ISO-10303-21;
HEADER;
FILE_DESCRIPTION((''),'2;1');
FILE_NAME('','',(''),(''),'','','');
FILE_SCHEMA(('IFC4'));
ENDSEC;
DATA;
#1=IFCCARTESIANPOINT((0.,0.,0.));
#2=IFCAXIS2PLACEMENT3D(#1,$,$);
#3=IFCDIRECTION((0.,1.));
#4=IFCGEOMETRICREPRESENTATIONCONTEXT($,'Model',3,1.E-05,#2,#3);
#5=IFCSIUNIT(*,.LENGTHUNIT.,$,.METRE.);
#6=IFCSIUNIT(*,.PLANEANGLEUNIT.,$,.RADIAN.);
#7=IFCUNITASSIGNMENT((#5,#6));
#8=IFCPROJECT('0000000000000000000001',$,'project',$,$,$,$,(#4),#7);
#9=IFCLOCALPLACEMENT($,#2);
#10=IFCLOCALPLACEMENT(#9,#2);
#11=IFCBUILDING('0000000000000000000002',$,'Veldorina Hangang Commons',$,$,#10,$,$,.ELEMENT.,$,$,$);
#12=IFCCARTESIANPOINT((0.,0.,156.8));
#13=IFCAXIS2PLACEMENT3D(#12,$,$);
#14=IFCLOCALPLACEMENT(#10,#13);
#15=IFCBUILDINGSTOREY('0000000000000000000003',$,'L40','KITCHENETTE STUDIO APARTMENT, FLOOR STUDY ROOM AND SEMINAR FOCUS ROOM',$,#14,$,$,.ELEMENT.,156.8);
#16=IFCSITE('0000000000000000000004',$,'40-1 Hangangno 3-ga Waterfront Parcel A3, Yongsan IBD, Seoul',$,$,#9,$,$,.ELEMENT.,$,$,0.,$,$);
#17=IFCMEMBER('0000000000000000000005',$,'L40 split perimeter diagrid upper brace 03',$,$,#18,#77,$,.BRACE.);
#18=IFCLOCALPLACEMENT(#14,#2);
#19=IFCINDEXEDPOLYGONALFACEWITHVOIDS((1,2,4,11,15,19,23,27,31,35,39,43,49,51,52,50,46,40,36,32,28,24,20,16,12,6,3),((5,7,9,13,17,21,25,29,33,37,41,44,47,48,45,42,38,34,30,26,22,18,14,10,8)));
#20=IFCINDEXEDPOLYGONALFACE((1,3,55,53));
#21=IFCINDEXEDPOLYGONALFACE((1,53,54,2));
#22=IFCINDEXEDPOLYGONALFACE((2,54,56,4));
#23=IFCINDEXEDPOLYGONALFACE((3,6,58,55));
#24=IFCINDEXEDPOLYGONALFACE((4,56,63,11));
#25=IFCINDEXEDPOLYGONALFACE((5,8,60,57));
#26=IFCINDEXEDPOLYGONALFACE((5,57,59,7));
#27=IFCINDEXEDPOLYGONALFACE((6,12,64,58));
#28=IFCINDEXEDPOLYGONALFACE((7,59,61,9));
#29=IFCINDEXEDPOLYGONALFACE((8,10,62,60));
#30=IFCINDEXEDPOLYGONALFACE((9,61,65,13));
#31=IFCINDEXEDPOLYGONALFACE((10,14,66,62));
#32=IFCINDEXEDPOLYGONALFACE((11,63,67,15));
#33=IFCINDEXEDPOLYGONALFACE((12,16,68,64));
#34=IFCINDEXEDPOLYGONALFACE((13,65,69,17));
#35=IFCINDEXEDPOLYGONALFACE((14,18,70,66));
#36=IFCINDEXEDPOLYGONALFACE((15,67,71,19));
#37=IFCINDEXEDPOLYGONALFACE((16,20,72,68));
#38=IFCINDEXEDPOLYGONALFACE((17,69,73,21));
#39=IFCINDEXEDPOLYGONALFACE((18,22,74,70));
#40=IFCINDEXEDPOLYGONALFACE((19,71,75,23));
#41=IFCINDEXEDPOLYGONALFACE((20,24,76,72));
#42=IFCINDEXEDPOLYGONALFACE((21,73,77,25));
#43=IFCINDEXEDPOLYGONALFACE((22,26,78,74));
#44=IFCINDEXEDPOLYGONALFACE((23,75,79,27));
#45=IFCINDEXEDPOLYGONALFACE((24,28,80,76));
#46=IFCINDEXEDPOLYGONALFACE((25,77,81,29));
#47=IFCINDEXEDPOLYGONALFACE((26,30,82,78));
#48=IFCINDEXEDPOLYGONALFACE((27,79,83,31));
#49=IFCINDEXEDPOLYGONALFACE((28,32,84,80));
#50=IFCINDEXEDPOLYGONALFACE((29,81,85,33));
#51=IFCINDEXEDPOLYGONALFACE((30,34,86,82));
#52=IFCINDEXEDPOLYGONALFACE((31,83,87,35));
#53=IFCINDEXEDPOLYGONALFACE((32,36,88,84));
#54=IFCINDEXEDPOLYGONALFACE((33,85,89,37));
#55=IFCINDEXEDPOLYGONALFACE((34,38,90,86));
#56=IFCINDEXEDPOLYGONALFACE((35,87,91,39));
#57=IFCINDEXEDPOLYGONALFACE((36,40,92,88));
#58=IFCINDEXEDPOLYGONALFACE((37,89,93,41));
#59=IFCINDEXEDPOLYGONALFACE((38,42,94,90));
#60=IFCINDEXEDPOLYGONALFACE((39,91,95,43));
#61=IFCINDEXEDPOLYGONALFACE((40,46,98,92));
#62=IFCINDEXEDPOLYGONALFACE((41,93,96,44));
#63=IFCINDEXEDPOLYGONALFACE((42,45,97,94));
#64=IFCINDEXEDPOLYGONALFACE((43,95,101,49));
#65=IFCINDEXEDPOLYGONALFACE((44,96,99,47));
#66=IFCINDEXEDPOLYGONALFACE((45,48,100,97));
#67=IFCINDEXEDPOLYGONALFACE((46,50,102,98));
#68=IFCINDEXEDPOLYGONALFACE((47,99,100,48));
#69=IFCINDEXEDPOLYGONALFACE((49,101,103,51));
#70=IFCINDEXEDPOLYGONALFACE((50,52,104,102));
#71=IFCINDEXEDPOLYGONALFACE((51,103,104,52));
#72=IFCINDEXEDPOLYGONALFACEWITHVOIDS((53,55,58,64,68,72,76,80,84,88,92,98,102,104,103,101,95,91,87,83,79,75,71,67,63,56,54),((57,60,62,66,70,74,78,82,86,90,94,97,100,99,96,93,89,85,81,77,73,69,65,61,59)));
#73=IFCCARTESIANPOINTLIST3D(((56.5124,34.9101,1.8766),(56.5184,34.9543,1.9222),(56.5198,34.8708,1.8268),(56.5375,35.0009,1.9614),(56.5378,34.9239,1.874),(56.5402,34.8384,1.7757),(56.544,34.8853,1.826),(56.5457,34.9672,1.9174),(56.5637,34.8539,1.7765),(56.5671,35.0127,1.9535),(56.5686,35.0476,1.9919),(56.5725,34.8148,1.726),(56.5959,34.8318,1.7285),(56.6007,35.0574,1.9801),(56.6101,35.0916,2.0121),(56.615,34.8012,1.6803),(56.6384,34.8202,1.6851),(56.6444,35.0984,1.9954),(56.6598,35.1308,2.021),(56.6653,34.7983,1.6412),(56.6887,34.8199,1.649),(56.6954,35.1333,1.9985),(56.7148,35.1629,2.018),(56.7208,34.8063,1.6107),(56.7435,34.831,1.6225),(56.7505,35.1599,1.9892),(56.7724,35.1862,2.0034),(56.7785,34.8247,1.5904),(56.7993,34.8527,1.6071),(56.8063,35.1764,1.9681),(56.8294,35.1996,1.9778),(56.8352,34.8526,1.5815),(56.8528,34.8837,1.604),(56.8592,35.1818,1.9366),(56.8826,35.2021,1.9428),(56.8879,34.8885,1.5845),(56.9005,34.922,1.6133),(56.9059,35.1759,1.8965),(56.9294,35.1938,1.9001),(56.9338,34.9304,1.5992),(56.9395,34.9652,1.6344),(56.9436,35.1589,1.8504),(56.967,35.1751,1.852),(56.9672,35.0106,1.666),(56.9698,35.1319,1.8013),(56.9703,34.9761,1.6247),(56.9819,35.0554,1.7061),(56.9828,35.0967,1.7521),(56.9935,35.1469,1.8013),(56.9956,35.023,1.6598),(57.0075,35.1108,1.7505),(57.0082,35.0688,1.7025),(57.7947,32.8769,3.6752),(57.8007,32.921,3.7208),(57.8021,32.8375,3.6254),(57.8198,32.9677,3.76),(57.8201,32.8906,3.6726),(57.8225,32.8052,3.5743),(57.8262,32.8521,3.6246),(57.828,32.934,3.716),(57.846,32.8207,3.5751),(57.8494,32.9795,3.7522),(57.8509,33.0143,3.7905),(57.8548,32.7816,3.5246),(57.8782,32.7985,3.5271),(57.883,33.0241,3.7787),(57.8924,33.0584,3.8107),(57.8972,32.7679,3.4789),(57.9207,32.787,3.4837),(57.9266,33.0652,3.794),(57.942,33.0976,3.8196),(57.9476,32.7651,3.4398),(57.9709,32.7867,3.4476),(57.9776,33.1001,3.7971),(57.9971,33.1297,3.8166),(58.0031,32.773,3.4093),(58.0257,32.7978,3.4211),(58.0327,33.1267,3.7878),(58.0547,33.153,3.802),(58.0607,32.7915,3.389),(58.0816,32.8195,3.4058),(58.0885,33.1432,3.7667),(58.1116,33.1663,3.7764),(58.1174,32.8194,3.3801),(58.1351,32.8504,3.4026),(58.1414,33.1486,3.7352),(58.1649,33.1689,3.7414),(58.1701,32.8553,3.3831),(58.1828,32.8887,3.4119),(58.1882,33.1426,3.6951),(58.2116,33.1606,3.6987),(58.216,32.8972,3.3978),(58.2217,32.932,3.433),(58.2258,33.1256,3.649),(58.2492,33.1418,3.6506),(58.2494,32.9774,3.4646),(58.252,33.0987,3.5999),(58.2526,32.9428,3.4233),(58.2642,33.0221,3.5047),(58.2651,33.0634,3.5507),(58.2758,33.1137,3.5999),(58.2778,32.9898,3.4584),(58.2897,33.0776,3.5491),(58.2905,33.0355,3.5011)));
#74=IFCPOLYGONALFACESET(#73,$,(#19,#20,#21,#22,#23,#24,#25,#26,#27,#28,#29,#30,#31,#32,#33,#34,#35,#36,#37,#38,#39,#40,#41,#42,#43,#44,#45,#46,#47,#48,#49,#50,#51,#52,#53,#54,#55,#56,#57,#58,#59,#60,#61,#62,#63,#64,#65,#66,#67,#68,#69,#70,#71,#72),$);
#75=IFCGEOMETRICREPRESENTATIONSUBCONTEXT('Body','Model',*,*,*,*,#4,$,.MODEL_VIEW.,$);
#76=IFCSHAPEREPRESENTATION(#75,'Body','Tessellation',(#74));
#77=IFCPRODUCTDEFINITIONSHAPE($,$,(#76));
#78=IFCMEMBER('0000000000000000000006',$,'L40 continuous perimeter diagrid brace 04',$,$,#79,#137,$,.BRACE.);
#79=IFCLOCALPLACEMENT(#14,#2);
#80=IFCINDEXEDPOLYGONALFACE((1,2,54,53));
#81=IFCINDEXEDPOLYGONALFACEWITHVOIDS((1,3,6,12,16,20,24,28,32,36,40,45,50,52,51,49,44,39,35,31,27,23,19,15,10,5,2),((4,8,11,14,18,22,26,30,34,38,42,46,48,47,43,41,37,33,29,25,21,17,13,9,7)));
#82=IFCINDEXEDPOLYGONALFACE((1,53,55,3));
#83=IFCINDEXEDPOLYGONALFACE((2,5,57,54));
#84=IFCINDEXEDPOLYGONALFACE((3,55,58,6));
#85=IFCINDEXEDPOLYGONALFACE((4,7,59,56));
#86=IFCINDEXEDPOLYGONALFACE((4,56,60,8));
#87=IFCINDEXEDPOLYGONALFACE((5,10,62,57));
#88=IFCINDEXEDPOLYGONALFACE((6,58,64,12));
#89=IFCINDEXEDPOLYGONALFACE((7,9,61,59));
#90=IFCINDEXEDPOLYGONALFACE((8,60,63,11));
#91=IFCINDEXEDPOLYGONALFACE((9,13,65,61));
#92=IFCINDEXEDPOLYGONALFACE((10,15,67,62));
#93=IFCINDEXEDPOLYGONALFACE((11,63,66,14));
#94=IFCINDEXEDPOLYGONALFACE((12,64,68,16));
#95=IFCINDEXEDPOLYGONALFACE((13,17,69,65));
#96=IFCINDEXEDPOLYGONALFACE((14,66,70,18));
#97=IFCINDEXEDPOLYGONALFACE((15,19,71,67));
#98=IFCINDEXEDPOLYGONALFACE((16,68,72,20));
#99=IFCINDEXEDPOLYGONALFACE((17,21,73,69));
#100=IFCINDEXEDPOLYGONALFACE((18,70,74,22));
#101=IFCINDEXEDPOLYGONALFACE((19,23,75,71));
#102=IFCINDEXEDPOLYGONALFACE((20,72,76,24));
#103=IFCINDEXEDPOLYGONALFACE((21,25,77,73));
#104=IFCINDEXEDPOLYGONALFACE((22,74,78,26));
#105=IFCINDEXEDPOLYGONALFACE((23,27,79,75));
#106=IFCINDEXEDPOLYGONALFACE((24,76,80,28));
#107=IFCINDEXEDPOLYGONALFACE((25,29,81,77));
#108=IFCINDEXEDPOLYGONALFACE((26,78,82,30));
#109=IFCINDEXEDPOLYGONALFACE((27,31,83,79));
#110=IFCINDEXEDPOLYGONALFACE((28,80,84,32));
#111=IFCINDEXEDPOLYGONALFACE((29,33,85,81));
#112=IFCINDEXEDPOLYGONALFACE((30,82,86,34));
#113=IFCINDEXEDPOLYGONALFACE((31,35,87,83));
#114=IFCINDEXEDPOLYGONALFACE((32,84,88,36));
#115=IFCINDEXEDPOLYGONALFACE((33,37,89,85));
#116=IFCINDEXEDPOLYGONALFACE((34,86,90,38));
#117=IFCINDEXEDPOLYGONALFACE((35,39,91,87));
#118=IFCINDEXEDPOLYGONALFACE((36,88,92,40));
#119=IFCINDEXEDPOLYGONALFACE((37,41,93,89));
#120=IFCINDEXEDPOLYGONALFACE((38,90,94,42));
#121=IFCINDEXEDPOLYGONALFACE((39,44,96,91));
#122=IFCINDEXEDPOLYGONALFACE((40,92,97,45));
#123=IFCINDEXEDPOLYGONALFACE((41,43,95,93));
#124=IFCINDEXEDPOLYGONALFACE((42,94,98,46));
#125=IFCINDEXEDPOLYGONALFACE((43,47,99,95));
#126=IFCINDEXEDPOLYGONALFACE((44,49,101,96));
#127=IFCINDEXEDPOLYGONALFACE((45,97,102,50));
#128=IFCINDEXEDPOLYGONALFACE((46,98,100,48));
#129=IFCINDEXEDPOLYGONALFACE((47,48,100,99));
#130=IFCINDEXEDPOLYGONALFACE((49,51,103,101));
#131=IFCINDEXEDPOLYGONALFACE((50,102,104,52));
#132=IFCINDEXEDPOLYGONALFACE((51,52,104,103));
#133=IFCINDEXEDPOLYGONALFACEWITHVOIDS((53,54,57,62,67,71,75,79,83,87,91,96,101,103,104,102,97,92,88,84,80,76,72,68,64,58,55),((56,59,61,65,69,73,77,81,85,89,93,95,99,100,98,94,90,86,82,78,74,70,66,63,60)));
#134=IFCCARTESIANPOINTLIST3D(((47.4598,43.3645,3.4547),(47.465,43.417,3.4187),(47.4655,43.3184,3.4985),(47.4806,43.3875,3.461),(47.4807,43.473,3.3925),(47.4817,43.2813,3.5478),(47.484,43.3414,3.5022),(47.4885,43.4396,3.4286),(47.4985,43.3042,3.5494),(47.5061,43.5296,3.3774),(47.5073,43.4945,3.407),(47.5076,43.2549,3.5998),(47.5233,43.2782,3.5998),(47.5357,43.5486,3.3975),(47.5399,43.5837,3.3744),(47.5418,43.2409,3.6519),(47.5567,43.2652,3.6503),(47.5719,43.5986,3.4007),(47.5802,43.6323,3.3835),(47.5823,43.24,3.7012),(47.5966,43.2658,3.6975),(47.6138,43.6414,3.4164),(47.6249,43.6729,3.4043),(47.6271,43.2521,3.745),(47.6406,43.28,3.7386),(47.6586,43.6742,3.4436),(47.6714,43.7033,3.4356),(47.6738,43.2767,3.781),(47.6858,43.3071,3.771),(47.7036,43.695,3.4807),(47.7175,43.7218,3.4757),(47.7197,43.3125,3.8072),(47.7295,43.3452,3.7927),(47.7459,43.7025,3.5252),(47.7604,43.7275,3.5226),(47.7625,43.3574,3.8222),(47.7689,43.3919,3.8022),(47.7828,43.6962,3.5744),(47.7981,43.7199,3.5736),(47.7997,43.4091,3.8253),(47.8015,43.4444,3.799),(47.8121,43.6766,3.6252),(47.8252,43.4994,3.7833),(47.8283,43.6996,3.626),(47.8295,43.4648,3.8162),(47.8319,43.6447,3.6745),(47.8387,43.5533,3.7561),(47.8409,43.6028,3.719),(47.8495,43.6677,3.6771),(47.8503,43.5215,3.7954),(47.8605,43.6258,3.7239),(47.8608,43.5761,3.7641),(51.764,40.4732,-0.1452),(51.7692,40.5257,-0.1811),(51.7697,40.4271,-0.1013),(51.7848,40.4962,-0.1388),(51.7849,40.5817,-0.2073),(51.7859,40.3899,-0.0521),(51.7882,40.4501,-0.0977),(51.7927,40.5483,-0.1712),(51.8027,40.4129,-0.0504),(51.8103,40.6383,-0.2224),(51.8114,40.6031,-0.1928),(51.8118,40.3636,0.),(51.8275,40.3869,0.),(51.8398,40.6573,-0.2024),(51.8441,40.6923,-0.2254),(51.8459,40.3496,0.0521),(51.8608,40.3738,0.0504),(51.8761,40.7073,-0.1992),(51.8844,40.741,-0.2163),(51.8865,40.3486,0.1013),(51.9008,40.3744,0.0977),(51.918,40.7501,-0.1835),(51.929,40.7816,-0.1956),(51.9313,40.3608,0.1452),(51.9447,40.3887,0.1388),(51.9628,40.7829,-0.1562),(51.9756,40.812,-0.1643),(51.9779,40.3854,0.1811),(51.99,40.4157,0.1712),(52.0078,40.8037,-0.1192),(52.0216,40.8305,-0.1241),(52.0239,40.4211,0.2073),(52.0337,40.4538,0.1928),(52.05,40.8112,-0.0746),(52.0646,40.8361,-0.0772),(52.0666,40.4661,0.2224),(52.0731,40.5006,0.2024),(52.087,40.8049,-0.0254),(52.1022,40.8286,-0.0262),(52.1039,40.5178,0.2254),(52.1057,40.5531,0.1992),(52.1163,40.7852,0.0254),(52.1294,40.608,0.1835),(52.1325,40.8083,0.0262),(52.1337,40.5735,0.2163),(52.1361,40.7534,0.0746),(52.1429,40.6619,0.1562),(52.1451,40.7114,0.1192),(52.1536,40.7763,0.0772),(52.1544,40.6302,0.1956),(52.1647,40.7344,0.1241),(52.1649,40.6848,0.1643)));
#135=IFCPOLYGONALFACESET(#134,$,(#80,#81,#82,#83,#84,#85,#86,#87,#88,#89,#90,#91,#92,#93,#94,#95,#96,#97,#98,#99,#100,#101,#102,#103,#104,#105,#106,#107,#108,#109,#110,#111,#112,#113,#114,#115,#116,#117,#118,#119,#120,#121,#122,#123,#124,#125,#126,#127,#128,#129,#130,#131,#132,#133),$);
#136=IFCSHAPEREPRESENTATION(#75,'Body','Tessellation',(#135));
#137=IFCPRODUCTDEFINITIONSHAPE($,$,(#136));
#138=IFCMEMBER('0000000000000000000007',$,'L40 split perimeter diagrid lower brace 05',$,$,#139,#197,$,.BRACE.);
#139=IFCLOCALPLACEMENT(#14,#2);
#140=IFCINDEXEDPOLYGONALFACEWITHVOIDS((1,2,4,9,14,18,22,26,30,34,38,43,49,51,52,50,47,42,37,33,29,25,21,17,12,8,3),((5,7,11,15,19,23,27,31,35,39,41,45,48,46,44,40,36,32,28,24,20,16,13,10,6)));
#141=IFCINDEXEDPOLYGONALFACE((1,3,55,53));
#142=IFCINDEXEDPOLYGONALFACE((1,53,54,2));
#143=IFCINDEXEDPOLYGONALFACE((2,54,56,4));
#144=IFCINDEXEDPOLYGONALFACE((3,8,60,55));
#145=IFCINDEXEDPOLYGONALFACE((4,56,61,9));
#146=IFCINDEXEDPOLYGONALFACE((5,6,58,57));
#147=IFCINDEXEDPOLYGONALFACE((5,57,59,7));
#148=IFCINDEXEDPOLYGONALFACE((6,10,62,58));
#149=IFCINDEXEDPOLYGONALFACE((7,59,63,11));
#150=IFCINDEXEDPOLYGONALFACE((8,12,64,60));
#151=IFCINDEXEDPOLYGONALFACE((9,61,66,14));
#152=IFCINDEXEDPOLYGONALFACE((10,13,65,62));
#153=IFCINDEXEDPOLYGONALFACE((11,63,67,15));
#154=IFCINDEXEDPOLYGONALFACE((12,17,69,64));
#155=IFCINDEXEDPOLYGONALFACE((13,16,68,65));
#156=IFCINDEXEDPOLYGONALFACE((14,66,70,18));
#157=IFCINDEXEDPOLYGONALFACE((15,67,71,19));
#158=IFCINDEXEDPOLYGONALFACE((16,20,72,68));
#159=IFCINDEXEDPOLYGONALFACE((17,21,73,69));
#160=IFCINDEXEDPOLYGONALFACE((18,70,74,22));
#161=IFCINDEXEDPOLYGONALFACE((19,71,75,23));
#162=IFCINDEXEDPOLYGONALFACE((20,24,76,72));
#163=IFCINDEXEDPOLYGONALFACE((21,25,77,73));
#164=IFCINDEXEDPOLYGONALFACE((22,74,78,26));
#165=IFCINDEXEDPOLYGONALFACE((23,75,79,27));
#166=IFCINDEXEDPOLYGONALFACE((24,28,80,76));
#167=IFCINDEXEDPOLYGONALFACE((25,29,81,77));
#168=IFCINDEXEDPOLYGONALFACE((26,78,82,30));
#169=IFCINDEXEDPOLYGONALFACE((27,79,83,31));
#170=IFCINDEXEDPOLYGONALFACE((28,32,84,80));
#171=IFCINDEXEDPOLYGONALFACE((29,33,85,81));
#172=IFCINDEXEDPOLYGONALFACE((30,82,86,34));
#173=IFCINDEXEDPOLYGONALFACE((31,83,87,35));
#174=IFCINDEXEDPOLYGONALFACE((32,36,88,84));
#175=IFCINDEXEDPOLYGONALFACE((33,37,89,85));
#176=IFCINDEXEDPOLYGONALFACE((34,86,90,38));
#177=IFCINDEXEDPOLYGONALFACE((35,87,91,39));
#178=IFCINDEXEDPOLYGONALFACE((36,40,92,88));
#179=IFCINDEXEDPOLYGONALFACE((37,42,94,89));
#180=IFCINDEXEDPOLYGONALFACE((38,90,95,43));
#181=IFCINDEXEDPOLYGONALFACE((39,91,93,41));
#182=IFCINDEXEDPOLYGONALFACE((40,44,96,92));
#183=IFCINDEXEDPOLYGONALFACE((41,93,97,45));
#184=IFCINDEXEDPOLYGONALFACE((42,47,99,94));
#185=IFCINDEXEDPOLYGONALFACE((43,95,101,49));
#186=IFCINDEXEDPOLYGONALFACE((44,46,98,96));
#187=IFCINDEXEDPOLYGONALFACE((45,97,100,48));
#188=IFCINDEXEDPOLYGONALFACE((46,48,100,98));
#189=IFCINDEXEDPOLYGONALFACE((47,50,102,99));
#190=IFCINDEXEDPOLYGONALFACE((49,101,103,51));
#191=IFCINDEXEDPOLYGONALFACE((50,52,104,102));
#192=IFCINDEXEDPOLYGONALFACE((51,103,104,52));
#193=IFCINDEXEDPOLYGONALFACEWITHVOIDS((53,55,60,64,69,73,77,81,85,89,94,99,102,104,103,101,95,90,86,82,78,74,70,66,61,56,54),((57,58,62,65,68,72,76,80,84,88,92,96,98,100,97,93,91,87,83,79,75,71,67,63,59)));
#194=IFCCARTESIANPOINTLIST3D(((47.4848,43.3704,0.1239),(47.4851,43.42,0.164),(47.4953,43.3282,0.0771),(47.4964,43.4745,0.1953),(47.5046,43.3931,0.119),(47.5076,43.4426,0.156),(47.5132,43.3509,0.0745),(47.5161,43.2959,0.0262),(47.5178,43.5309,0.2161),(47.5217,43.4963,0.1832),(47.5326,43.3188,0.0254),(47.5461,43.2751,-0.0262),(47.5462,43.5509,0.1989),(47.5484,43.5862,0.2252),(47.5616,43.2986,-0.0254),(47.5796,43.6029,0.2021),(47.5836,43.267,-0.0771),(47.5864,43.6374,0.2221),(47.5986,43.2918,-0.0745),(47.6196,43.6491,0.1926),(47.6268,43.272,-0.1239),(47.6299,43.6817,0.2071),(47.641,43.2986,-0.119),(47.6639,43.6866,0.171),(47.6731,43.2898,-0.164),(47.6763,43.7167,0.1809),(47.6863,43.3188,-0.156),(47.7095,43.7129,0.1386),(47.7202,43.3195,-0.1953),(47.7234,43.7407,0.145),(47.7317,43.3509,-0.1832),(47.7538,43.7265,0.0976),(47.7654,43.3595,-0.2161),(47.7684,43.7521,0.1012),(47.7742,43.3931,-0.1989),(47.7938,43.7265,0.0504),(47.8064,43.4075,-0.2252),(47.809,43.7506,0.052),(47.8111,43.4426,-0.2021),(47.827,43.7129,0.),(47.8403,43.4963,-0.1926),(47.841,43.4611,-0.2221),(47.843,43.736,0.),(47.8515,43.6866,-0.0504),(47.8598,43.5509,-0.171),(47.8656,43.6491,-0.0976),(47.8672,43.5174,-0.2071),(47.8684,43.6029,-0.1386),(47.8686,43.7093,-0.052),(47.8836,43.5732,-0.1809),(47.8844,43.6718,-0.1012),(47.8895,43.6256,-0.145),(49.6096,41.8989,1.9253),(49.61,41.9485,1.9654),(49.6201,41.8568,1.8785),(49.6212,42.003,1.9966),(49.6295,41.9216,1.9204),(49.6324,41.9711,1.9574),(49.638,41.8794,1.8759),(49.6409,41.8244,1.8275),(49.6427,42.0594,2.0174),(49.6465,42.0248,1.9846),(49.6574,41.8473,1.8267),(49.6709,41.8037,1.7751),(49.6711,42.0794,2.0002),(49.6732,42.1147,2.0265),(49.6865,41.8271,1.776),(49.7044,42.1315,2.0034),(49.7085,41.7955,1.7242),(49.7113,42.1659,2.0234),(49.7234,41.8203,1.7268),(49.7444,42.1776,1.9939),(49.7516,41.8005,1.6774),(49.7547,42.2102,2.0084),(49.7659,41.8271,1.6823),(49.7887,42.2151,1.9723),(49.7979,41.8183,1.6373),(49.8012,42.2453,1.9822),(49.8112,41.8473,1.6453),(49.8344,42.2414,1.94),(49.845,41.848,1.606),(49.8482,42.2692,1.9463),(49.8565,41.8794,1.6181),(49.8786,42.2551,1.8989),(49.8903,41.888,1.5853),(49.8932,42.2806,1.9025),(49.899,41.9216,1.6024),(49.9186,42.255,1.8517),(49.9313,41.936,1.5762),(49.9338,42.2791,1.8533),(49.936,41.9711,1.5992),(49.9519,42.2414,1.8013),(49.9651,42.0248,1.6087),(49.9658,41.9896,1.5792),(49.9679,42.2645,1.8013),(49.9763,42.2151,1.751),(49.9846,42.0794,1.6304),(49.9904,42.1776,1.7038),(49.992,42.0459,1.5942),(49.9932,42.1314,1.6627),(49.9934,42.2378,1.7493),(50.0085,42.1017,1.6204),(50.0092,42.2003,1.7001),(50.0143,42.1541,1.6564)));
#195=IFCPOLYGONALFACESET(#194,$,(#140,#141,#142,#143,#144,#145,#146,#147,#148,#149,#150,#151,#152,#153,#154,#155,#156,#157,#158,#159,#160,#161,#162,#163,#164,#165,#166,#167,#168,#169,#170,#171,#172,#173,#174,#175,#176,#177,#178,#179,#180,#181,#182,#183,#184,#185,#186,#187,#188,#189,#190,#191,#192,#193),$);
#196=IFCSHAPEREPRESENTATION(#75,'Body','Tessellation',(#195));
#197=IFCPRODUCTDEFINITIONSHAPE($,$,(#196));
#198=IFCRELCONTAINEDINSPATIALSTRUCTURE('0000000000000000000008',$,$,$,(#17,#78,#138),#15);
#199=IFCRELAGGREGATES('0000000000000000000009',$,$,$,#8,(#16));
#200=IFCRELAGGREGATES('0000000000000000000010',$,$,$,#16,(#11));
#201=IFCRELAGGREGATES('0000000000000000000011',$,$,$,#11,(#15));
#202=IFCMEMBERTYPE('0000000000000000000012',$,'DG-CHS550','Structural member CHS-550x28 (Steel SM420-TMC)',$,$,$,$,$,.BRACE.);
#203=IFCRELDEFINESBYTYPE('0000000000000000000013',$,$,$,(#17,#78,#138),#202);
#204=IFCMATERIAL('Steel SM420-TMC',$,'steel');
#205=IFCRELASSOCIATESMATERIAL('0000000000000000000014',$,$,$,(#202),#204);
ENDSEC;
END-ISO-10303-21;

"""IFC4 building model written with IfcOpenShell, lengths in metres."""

from ifc_helpers import new_model, si_unit, direction, frame, origin, origin_2d, place, context, subcontext, project, spatial, hollow_circle, extrude, material, material_profile, profile_set, type_object, element, save


model = new_model("IFC4")

# Units and contexts
model_context = context("Model", 3, precision=1e-05, world=origin(), true_north=direction((0.0, 1.0)))
body_context = subcontext(model_context, "Body", "Model", "MODEL_VIEW")
ifc_project = project(units=[si_unit("LENGTHUNIT", "METRE"), si_unit("PLANEANGLEUNIT", "RADIAN")], contexts=[model_context])

# Site, building, storey
site_placement = place(None, origin())
site = spatial("IfcSite", under=ifc_project, at=site_placement, Name="40-1 Hangangno 3-ga Waterfront Parcel A3, Yongsan IBD, Seoul", CompositionType="ELEMENT", RefElevation=0.0)
building_placement = place(site_placement, origin())
building = spatial("IfcBuilding", under=site, at=building_placement, Name="Veldorina Hangang Commons", CompositionType="ELEMENT")
storey_placement = place(building_placement, frame((0.0, 0.0, 156.8)))
storey = spatial("IfcBuildingStorey", under=building, at=storey_placement, Name="L40", Description="KITCHENETTE STUDIO APARTMENT, FLOOR STUDY ROOM AND SEMINAR FOCUS ROOM", CompositionType="ELEMENT", Elevation=156.8)

# Shared definitions
ifc_material_1 = material(Name="Steel SM420-TMC", Category="steel")

# Members
ifc_material_profile_1 = material_profile(ifc_material_1, hollow_circle(Radius=0.2749, WallThickness=0.0281, at=origin_2d()), Name="CHS-550x28")
ifc_profile_set_1 = profile_set([ifc_material_profile_1], Name="Steel SM420-TMC")
member_type = type_object("IfcMemberType", Name="DG-CHS550", Description="Structural member CHS-550x28 (Steel SM420-TMC)", PredefinedType="BRACE", material=ifc_profile_set_1)
member_1_placement = place(storey_placement, frame((56.761, 35.0002, 1.8013), z_axis=(0.427102, -0.677248, 0.599098), x_axis=(0.845846, 0.533427, 0.0)))
element("IfcMember", 1, at=member_1_placement, inside=storey, type_object=member_type, Name="L40 split perimeter diagrid upper brace 03", PredefinedType="BRACE", context=body_context, shape_type="SweptSolid", body=[
    extrude(hollow_circle(Radius=0.2749, WallThickness=0.0281, at=origin_2d()), origin(), (0.0, 0.0, 1.0), 3.0022),
])
member_2_placement = place(storey_placement, frame((51.9651, 40.5918, 0.0), z_axis=(-0.681876, 0.458052, 0.570293), x_axis=(-0.55762, -0.830097, 0.0)))
element("IfcMember", 2, at=member_2_placement, inside=storey, type_object=member_type, Name="L40 continuous perimeter diagrid brace 04", PredefinedType="BRACE", context=body_context, shape_type="SweptSolid", body=[
    extrude(hollow_circle(Radius=0.2749, WallThickness=0.0281, at=origin_2d()), origin(), (0.0, 0.0, 1.0), 6.3123),
])
member_3_placement = place(storey_placement, frame((47.6865, 43.51, 0.0), z_axis=(0.674465, -0.46708, 0.57178), x_axis=(0.569328, 0.822111, 0.0)))
element("IfcMember", 3, at=member_3_placement, inside=storey, type_object=member_type, Name="L40 split perimeter diagrid lower brace 05", PredefinedType="BRACE", context=body_context, shape_type="SweptSolid", body=[
    extrude(hollow_circle(Radius=0.2749, WallThickness=0.0281, at=origin_2d()), origin(), (0.0, 0.0, 1.0), 3.1504),
])

save(model, "model.ifc")
